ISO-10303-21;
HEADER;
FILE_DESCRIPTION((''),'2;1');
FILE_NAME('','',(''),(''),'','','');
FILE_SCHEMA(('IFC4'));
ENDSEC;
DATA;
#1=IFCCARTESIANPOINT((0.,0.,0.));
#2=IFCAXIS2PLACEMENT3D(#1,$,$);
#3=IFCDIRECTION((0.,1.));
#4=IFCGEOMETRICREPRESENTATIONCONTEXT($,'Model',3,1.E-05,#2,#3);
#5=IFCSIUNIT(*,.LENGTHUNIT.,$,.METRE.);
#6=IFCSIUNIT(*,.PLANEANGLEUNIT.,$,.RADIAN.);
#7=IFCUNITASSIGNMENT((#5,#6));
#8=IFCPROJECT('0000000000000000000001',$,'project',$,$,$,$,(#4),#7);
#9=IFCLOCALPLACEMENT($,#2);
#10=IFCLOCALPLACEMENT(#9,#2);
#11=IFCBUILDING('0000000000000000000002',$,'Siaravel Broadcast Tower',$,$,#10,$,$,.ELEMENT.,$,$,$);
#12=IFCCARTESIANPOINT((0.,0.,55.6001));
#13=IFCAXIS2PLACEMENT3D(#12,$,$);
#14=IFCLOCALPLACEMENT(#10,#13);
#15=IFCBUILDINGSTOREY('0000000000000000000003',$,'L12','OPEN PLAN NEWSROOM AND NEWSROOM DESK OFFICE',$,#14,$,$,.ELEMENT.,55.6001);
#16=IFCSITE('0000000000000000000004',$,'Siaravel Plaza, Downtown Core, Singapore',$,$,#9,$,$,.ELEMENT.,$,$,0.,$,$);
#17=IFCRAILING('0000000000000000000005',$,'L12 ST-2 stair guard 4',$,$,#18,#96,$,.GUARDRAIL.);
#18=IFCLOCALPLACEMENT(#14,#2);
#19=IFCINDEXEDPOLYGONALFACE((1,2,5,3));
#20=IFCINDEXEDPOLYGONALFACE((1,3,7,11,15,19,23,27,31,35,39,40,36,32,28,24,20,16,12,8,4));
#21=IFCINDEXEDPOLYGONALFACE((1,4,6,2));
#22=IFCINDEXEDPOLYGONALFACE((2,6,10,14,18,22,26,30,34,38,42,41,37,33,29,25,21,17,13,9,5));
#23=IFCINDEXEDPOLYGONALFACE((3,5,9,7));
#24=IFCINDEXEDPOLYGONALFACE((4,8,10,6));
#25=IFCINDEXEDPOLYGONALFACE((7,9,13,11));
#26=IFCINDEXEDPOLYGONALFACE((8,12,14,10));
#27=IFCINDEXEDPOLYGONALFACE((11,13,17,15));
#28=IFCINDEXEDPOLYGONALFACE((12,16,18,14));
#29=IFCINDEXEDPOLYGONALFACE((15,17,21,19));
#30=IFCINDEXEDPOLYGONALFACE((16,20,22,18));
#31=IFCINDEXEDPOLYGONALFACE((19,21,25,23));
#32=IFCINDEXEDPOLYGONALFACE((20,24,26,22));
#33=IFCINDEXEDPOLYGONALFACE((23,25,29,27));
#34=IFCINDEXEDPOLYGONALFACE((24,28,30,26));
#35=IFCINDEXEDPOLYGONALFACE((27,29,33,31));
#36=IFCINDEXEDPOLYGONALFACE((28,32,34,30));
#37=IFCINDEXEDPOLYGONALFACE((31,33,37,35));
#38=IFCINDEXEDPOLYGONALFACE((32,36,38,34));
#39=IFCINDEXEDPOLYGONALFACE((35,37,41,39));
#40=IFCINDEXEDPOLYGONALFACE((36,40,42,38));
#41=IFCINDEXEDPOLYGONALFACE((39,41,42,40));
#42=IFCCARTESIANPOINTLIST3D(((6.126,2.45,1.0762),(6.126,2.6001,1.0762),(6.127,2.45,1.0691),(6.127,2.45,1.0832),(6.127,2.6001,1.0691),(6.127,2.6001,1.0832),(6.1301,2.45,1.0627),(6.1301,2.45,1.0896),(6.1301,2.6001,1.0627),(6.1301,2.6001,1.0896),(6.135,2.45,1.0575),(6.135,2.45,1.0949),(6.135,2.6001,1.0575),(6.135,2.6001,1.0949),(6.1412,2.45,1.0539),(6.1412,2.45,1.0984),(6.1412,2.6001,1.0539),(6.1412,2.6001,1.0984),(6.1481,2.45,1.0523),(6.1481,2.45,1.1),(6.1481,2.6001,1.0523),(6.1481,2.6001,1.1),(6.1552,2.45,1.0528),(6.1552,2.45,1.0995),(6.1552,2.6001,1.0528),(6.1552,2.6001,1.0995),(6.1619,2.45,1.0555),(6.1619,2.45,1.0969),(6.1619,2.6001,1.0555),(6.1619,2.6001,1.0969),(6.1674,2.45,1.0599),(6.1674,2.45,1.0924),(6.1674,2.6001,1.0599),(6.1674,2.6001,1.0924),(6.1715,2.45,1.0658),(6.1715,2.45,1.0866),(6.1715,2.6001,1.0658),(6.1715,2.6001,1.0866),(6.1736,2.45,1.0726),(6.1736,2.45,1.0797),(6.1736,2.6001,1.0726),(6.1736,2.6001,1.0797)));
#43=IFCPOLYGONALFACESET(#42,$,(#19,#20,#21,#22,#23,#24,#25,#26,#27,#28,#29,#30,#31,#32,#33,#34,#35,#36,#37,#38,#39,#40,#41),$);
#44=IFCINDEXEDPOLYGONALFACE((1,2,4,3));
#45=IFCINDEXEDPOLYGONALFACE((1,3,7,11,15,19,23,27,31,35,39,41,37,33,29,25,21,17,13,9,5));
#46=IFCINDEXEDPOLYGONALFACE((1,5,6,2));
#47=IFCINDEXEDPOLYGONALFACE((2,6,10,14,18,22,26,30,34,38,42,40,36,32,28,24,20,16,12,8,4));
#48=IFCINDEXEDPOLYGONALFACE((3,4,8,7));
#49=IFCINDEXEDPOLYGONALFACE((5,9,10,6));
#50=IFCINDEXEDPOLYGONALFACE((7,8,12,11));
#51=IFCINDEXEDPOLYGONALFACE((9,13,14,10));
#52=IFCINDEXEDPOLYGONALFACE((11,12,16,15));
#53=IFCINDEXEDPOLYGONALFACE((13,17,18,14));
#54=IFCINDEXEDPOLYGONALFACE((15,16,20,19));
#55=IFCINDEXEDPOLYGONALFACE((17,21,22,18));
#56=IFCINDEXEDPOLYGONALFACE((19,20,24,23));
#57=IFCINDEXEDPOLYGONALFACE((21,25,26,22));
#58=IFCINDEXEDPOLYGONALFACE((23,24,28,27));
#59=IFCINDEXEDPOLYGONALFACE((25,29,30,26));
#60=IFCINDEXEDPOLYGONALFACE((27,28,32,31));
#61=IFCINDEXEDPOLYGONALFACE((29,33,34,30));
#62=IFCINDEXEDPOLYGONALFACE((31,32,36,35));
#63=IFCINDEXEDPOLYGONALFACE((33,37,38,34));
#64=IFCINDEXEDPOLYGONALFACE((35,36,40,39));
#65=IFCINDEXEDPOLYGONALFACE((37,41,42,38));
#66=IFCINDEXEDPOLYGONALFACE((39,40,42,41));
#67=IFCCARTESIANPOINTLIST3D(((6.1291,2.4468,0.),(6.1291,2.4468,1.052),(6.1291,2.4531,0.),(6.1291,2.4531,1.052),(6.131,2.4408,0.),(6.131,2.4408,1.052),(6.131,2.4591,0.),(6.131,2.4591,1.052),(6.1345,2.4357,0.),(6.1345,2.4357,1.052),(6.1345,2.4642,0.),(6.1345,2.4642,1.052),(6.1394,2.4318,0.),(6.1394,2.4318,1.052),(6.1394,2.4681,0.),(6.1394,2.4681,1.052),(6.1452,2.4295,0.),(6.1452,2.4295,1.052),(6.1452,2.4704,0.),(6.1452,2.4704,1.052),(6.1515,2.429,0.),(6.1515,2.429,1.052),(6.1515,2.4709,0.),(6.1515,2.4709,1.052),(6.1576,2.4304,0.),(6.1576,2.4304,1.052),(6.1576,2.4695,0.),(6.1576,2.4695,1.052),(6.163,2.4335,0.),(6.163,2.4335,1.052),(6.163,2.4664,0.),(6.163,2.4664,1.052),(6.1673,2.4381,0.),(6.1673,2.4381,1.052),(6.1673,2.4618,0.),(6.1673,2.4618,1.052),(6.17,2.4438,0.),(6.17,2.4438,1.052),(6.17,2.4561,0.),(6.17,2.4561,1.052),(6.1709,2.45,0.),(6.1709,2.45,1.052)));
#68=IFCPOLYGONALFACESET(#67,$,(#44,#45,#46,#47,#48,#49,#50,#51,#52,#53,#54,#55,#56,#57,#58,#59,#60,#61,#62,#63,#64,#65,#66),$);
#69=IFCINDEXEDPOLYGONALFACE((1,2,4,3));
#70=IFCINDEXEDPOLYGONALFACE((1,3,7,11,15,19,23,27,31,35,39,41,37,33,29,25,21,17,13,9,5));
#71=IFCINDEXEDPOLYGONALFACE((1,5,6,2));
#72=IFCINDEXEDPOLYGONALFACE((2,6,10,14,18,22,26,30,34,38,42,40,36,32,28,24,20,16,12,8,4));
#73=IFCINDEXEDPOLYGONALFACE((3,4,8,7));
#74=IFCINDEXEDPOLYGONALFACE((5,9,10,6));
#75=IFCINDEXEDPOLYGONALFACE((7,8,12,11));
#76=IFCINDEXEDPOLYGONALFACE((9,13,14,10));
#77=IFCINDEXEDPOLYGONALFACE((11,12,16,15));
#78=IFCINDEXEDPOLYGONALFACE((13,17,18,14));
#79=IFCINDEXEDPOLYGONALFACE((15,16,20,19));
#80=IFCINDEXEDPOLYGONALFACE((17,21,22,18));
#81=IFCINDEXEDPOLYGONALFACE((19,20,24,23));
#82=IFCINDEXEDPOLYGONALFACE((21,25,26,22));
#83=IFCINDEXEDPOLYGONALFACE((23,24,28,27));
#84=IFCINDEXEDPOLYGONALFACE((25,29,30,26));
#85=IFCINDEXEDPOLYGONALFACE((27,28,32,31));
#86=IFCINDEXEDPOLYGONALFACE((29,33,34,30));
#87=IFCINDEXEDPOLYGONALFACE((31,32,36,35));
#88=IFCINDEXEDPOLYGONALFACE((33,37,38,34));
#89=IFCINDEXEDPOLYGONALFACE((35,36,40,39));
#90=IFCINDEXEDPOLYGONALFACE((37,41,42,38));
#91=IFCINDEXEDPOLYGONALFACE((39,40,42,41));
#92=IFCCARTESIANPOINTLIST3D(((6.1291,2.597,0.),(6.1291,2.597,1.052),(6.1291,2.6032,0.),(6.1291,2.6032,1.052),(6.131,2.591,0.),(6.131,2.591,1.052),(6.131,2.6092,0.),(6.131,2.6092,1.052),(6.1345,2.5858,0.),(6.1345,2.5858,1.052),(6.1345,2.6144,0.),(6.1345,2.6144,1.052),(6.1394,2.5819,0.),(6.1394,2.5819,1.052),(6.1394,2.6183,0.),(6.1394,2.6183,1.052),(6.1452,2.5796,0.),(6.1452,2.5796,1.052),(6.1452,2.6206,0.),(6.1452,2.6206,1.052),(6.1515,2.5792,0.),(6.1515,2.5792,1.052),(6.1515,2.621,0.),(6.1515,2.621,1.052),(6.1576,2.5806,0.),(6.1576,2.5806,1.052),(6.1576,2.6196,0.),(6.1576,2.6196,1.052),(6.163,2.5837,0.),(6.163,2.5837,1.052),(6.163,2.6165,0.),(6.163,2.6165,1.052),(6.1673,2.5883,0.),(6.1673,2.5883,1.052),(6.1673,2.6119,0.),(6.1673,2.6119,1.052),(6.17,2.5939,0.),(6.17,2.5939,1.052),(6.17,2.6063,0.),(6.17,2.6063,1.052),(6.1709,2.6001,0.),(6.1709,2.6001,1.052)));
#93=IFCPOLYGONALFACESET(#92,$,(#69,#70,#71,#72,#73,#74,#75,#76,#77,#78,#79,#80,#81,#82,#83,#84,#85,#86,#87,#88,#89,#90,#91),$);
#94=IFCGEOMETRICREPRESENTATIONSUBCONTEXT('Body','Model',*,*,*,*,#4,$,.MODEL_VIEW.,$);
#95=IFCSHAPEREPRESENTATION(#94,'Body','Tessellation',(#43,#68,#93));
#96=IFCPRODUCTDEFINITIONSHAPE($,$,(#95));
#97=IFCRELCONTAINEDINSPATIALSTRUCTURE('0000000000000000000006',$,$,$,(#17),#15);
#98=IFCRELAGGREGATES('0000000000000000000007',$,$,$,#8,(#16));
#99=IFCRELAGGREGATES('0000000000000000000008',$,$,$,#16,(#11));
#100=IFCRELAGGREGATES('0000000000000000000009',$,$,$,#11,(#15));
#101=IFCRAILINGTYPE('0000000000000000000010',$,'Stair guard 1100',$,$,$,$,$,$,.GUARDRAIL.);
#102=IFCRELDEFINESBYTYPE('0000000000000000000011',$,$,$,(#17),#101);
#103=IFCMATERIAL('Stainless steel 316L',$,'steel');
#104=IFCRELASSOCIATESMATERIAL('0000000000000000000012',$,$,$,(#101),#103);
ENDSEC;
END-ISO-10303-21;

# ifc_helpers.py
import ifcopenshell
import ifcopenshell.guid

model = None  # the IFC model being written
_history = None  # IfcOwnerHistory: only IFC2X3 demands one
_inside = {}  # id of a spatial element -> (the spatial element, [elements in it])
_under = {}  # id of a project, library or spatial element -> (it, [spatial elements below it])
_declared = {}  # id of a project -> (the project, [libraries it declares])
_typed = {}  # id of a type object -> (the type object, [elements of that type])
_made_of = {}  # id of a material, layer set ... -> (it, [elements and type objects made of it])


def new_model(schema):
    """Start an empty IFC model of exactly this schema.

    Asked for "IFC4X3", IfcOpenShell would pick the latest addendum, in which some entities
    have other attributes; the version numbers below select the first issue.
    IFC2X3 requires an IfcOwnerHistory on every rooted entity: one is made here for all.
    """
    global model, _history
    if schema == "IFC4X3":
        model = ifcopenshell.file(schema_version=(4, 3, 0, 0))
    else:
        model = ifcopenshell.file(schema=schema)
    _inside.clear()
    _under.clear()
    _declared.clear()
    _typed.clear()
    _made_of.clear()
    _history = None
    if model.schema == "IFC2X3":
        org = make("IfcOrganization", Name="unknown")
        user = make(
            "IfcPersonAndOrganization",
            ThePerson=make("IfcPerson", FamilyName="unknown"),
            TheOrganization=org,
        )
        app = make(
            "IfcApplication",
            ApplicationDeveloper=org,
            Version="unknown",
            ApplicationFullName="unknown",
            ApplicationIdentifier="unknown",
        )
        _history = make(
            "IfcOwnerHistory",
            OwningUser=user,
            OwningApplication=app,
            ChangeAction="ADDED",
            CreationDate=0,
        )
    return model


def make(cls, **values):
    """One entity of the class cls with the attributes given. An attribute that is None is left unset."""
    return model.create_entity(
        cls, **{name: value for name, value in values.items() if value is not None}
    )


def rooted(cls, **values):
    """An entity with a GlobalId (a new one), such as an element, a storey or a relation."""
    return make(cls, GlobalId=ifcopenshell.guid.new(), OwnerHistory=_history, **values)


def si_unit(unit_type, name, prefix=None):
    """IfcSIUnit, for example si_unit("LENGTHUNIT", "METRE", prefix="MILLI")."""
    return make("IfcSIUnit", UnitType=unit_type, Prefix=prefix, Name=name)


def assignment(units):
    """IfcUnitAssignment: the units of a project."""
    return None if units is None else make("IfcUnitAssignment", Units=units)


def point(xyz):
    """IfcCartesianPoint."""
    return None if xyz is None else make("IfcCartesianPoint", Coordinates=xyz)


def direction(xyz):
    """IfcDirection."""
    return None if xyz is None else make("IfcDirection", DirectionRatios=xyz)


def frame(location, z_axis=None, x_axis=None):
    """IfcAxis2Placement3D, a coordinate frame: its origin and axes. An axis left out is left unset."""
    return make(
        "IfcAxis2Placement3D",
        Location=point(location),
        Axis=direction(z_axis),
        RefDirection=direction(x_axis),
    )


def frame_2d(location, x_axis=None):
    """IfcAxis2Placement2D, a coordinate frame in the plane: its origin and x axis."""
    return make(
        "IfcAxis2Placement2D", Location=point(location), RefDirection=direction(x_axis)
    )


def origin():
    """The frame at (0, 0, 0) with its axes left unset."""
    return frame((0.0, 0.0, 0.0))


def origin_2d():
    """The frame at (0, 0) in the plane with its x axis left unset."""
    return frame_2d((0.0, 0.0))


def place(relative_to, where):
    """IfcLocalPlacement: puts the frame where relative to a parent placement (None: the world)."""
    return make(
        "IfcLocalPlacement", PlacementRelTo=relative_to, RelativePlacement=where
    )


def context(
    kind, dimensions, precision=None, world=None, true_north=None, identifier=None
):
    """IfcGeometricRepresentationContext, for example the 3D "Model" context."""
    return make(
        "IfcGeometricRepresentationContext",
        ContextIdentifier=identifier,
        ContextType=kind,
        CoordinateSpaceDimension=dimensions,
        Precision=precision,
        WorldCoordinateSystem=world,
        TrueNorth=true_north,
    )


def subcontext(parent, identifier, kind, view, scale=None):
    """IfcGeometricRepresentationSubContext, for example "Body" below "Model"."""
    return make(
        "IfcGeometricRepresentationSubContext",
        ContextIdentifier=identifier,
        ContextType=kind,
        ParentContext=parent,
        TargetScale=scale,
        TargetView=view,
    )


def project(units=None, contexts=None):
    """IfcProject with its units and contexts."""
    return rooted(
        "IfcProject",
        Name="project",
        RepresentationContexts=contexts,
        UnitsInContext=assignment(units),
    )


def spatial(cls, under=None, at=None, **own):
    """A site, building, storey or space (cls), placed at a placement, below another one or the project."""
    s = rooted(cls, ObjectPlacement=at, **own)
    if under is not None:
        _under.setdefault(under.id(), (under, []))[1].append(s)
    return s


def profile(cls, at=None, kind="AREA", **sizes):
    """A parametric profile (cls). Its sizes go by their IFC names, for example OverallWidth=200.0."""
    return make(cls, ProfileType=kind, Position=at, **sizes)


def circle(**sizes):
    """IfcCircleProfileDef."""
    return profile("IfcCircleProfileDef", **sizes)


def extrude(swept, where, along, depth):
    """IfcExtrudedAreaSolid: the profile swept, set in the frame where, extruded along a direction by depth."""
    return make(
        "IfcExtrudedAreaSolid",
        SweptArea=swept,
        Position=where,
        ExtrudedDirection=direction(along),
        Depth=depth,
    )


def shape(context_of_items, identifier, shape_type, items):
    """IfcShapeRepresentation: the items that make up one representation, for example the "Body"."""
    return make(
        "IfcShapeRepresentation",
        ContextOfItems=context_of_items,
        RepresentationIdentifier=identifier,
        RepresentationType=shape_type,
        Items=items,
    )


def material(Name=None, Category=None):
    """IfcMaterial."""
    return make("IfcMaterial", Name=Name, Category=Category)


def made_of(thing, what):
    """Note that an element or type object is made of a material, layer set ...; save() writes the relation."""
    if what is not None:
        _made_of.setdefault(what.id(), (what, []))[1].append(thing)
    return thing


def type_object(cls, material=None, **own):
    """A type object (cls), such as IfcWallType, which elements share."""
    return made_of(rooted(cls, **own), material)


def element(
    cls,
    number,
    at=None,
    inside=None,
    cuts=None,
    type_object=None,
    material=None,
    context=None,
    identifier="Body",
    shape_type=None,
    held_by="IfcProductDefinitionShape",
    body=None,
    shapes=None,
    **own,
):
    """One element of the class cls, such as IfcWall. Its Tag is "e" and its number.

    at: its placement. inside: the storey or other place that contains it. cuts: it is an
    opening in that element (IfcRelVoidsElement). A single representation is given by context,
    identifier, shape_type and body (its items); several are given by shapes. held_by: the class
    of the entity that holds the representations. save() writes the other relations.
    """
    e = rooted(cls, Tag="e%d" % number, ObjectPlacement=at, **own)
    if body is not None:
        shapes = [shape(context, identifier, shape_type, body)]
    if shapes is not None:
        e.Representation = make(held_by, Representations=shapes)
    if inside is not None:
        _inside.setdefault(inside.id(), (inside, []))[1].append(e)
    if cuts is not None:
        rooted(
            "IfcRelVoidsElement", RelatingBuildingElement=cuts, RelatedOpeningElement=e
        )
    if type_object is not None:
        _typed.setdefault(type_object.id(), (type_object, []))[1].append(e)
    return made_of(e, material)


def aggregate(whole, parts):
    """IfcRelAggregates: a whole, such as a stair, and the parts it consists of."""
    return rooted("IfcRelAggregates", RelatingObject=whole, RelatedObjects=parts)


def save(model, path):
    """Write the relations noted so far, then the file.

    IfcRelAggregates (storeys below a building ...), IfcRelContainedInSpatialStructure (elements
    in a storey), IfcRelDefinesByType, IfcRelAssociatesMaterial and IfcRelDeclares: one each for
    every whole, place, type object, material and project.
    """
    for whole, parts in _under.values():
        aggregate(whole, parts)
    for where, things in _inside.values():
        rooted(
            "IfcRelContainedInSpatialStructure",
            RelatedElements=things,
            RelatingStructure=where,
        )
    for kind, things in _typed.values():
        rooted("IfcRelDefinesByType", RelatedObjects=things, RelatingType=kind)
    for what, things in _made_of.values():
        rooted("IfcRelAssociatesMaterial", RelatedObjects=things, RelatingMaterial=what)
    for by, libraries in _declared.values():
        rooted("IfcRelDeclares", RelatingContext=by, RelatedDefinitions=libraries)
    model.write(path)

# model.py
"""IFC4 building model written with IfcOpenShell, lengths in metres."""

from ifc_helpers import new_model, si_unit, direction, frame, origin, origin_2d, place, context, subcontext, project, spatial, circle, extrude, material, type_object, element, save


model = new_model("IFC4")

# Units and contexts
model_context = context("Model", 3, precision=1e-05, world=origin(), true_north=direction((0.0, 1.0)))
body_context = subcontext(model_context, "Body", "Model", "MODEL_VIEW")
ifc_project = project(units=[si_unit("LENGTHUNIT", "METRE"), si_unit("PLANEANGLEUNIT", "RADIAN")], contexts=[model_context])

# Site, building, storey
site_placement = place(None, origin())
site = spatial("IfcSite", under=ifc_project, at=site_placement, Name="Siaravel Plaza, Downtown Core, Singapore", CompositionType="ELEMENT", RefElevation=0.0)
building_placement = place(site_placement, origin())
building = spatial("IfcBuilding", under=site, at=building_placement, Name="Siaravel Broadcast Tower", CompositionType="ELEMENT")
storey_placement = place(building_placement, frame((0.0, 0.0, 55.6001)))
storey = spatial("IfcBuildingStorey", under=building, at=storey_placement, Name="L12", Description="OPEN PLAN NEWSROOM AND NEWSROOM DESK OFFICE", CompositionType="ELEMENT", Elevation=55.6001)

# Railing
ifc_material_1 = material(Name="Stainless steel 316L", Category="steel")
railing_type_1 = type_object("IfcRailingType", Name="Stair guard 1100", PredefinedType="GUARDRAIL", material=ifc_material_1)
railing_1_placement = place(storey_placement, frame((6.1499, 2.45, 0.0)))
element("IfcRailing", 1, at=railing_1_placement, inside=storey, type_object=railing_type_1, Name="L12 ST-2 stair guard 4", PredefinedType="GUARDRAIL", context=body_context, shape_type="SweptSolid", body=[
    extrude(circle(Radius=0.0239, at=origin_2d()), frame((0.0, 0.0, 1.0762), z_axis=(0.0, 1.0, 0.0), x_axis=(-1.0, 0.0, 0.0)), (0.0, 0.0, 1.0), 0.1501),
    extrude(circle(Radius=0.021, at=origin_2d()), origin(), (0.0, 0.0, 1.0), 1.052),
    extrude(circle(Radius=0.021, at=origin_2d()), frame((0.0, 0.1501, 0.0)), (0.0, 0.0, 1.0), 1.052),
])

save(model, "model.ifc")
